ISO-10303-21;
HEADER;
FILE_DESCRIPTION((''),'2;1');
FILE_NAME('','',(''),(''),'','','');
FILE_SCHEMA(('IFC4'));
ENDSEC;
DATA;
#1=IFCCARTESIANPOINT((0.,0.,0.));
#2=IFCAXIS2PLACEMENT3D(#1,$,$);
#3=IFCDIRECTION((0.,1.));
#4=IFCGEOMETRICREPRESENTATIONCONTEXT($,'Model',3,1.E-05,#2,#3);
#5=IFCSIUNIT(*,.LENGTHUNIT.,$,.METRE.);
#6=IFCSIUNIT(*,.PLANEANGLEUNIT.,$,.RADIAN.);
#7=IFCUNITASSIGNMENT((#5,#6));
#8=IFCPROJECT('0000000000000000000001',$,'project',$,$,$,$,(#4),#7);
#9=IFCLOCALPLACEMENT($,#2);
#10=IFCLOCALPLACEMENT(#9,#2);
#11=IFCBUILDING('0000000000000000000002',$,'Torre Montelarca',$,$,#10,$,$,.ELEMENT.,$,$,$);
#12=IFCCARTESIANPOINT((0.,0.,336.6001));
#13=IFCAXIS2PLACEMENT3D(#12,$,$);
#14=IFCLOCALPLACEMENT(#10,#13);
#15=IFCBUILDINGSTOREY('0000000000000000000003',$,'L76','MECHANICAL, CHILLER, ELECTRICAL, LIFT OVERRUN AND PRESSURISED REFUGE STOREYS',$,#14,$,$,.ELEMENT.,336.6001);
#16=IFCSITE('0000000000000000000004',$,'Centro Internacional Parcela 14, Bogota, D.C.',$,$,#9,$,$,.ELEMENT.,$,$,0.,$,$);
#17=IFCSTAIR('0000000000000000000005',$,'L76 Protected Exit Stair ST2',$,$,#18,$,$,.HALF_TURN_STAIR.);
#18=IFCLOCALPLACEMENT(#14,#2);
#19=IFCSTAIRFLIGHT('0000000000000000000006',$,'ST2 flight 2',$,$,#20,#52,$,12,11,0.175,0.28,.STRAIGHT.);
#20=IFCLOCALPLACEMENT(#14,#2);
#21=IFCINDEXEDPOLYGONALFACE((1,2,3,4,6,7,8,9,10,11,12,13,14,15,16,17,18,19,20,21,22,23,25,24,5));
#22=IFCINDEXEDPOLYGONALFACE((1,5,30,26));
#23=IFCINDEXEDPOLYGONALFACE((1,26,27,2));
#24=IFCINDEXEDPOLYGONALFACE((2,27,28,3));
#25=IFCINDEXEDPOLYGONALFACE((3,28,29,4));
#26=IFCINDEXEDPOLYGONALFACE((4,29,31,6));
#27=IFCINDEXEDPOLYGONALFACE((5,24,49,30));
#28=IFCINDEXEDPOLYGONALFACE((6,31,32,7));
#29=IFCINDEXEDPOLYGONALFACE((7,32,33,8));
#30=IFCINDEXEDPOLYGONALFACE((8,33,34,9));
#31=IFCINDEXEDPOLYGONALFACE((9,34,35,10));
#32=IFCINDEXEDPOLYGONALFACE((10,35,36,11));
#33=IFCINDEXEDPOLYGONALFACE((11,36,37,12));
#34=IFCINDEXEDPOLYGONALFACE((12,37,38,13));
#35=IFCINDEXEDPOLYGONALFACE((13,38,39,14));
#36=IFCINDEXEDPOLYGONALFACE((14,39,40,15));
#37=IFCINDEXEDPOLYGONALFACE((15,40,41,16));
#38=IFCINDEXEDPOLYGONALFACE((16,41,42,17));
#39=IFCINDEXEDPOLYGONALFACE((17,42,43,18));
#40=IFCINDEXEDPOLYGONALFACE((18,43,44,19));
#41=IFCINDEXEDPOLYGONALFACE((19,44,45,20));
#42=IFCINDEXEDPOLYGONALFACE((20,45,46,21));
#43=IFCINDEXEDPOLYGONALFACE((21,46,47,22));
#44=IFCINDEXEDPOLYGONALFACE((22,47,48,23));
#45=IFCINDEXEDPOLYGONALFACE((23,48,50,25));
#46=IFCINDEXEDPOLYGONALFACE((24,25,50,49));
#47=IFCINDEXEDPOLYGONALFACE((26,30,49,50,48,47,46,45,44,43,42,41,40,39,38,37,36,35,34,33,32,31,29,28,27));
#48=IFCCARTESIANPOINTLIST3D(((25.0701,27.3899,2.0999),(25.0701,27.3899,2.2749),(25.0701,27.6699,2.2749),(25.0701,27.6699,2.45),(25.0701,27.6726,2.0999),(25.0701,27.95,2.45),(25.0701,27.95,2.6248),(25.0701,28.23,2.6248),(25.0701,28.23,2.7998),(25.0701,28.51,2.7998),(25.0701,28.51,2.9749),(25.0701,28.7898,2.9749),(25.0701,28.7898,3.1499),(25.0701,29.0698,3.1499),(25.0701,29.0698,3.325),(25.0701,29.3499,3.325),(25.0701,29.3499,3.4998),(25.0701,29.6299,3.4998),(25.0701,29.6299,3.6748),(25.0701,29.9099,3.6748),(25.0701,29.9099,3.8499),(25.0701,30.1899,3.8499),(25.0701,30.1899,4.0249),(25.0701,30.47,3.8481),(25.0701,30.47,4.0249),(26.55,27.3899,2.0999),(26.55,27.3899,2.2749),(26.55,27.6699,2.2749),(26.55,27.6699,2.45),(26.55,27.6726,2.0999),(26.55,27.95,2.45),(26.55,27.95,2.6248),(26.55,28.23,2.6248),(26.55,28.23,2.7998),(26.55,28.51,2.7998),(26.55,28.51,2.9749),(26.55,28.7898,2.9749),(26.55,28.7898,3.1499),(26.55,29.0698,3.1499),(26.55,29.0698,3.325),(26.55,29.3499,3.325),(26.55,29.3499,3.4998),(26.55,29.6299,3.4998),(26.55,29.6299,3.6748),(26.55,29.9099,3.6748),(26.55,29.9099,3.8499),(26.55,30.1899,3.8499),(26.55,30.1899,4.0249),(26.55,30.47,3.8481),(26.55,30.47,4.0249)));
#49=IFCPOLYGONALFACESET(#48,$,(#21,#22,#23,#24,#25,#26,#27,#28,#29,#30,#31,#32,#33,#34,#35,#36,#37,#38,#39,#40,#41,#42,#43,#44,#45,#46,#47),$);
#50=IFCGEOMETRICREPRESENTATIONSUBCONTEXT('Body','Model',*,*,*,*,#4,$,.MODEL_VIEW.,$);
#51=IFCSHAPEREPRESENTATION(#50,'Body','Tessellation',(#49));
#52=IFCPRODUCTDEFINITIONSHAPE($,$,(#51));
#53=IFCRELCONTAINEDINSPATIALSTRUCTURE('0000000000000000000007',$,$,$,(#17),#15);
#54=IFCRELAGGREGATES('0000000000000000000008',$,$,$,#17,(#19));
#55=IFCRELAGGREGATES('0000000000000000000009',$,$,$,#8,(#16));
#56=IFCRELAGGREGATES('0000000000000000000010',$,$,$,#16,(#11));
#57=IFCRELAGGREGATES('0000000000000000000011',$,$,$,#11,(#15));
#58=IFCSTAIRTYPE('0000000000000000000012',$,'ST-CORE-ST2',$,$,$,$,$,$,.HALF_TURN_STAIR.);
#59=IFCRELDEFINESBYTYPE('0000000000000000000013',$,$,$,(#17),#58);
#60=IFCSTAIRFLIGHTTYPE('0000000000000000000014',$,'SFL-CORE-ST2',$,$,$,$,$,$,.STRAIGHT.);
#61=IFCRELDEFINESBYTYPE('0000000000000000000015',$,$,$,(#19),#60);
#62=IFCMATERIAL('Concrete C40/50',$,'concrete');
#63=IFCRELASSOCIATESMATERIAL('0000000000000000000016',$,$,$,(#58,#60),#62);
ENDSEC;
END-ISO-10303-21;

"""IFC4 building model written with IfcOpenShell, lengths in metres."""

from ifc_helpers import new_model, si_unit, direction, frame, origin, place, context, subcontext, project, spatial, polyline, outline, extrude, material, type_object, element, aggregate, save


model = new_model("IFC4")

# Units and contexts
model_context = context("Model", 3, precision=1e-05, world=origin(), true_north=direction((0.0, 1.0)))
body_context = subcontext(model_context, "Body", "Model", "MODEL_VIEW")
ifc_project = project(units=[si_unit("LENGTHUNIT", "METRE"), si_unit("PLANEANGLEUNIT", "RADIAN")], contexts=[model_context])

# Site, building, storey
site_placement = place(None, origin())
site = spatial("IfcSite", under=ifc_project, at=site_placement, Name="Centro Internacional Parcela 14, Bogota, D.C.", CompositionType="ELEMENT", RefElevation=0.0)
building_placement = place(site_placement, origin())
building = spatial("IfcBuilding", under=site, at=building_placement, Name="Torre Montelarca", CompositionType="ELEMENT")
storey_placement = place(building_placement, frame((0.0, 0.0, 336.6001)))
storey = spatial("IfcBuildingStorey", under=building, at=storey_placement, Name="L76", Description="MECHANICAL, CHILLER, ELECTRICAL, LIFT OVERRUN AND PRESSURISED REFUGE STOREYS", CompositionType="ELEMENT", Elevation=336.6001)

# Shared definitions
ifc_material_1 = material(Name="Concrete C40/50", Category="concrete")

# Stair, stair flight
stair_type = type_object("IfcStairType", Name="ST-CORE-ST2", PredefinedType="HALF_TURN_STAIR", material=ifc_material_1)
stair_placement = place(storey_placement, origin())
stair = element("IfcStair", 1, at=stair_placement, inside=storey, type_object=stair_type, Name="L76 Protected Exit Stair ST2", PredefinedType="HALF_TURN_STAIR")
stair_flight_type = type_object("IfcStairFlightType", Name="SFL-CORE-ST2", PredefinedType="STRAIGHT", material=ifc_material_1)
stair_flight_1_placement = place(storey_placement, frame((25.8101, 27.3899, 2.0999), z_axis=(0.0, 0.0, 1.0), x_axis=(0.0, 1.0, 0.0)))
stair_flight_1 = element("IfcStairFlight", 2, at=stair_flight_1_placement, type_object=stair_flight_type, Name="ST2 flight 2", NumberOfRisers=12, NumberOfTreads=11, PredefinedType="STRAIGHT", RiserHeight=0.175, TreadLength=0.28, context=body_context, shape_type="SweptSolid", body=[
    extrude(outline(polyline([(0.0, 0.0), (0.0, 0.175), (0.28, 0.175), (0.28, 0.3501), (0.5601, 0.3501), (0.5601, 0.5249), (0.8401, 0.5249), (0.8401, 0.7), (1.1201, 0.7), (1.1201, 0.875), (1.3999, 0.875), (1.3999, 1.05), (1.6799, 1.05), (1.6799, 1.2251), (1.96, 1.2251), (1.96, 1.3999), (2.24, 1.3999), (2.24, 1.575), (2.52, 1.575), (2.52, 1.75), (2.8, 1.75), (2.8, 1.925), (3.0801, 1.925), (3.0801, 2.1001), (3.0801, 1.7483), (0.2827, 0.0), (0.0, 0.0)])), frame((0.0, 0.74, 0.0), z_axis=(0.0, -1.0, 0.0), x_axis=(1.0, 0.0, 0.0)), (0.0, 0.0, 1.0), 1.48),
])
aggregate(stair, [stair_flight_1])

save(model, "model.ifc")
